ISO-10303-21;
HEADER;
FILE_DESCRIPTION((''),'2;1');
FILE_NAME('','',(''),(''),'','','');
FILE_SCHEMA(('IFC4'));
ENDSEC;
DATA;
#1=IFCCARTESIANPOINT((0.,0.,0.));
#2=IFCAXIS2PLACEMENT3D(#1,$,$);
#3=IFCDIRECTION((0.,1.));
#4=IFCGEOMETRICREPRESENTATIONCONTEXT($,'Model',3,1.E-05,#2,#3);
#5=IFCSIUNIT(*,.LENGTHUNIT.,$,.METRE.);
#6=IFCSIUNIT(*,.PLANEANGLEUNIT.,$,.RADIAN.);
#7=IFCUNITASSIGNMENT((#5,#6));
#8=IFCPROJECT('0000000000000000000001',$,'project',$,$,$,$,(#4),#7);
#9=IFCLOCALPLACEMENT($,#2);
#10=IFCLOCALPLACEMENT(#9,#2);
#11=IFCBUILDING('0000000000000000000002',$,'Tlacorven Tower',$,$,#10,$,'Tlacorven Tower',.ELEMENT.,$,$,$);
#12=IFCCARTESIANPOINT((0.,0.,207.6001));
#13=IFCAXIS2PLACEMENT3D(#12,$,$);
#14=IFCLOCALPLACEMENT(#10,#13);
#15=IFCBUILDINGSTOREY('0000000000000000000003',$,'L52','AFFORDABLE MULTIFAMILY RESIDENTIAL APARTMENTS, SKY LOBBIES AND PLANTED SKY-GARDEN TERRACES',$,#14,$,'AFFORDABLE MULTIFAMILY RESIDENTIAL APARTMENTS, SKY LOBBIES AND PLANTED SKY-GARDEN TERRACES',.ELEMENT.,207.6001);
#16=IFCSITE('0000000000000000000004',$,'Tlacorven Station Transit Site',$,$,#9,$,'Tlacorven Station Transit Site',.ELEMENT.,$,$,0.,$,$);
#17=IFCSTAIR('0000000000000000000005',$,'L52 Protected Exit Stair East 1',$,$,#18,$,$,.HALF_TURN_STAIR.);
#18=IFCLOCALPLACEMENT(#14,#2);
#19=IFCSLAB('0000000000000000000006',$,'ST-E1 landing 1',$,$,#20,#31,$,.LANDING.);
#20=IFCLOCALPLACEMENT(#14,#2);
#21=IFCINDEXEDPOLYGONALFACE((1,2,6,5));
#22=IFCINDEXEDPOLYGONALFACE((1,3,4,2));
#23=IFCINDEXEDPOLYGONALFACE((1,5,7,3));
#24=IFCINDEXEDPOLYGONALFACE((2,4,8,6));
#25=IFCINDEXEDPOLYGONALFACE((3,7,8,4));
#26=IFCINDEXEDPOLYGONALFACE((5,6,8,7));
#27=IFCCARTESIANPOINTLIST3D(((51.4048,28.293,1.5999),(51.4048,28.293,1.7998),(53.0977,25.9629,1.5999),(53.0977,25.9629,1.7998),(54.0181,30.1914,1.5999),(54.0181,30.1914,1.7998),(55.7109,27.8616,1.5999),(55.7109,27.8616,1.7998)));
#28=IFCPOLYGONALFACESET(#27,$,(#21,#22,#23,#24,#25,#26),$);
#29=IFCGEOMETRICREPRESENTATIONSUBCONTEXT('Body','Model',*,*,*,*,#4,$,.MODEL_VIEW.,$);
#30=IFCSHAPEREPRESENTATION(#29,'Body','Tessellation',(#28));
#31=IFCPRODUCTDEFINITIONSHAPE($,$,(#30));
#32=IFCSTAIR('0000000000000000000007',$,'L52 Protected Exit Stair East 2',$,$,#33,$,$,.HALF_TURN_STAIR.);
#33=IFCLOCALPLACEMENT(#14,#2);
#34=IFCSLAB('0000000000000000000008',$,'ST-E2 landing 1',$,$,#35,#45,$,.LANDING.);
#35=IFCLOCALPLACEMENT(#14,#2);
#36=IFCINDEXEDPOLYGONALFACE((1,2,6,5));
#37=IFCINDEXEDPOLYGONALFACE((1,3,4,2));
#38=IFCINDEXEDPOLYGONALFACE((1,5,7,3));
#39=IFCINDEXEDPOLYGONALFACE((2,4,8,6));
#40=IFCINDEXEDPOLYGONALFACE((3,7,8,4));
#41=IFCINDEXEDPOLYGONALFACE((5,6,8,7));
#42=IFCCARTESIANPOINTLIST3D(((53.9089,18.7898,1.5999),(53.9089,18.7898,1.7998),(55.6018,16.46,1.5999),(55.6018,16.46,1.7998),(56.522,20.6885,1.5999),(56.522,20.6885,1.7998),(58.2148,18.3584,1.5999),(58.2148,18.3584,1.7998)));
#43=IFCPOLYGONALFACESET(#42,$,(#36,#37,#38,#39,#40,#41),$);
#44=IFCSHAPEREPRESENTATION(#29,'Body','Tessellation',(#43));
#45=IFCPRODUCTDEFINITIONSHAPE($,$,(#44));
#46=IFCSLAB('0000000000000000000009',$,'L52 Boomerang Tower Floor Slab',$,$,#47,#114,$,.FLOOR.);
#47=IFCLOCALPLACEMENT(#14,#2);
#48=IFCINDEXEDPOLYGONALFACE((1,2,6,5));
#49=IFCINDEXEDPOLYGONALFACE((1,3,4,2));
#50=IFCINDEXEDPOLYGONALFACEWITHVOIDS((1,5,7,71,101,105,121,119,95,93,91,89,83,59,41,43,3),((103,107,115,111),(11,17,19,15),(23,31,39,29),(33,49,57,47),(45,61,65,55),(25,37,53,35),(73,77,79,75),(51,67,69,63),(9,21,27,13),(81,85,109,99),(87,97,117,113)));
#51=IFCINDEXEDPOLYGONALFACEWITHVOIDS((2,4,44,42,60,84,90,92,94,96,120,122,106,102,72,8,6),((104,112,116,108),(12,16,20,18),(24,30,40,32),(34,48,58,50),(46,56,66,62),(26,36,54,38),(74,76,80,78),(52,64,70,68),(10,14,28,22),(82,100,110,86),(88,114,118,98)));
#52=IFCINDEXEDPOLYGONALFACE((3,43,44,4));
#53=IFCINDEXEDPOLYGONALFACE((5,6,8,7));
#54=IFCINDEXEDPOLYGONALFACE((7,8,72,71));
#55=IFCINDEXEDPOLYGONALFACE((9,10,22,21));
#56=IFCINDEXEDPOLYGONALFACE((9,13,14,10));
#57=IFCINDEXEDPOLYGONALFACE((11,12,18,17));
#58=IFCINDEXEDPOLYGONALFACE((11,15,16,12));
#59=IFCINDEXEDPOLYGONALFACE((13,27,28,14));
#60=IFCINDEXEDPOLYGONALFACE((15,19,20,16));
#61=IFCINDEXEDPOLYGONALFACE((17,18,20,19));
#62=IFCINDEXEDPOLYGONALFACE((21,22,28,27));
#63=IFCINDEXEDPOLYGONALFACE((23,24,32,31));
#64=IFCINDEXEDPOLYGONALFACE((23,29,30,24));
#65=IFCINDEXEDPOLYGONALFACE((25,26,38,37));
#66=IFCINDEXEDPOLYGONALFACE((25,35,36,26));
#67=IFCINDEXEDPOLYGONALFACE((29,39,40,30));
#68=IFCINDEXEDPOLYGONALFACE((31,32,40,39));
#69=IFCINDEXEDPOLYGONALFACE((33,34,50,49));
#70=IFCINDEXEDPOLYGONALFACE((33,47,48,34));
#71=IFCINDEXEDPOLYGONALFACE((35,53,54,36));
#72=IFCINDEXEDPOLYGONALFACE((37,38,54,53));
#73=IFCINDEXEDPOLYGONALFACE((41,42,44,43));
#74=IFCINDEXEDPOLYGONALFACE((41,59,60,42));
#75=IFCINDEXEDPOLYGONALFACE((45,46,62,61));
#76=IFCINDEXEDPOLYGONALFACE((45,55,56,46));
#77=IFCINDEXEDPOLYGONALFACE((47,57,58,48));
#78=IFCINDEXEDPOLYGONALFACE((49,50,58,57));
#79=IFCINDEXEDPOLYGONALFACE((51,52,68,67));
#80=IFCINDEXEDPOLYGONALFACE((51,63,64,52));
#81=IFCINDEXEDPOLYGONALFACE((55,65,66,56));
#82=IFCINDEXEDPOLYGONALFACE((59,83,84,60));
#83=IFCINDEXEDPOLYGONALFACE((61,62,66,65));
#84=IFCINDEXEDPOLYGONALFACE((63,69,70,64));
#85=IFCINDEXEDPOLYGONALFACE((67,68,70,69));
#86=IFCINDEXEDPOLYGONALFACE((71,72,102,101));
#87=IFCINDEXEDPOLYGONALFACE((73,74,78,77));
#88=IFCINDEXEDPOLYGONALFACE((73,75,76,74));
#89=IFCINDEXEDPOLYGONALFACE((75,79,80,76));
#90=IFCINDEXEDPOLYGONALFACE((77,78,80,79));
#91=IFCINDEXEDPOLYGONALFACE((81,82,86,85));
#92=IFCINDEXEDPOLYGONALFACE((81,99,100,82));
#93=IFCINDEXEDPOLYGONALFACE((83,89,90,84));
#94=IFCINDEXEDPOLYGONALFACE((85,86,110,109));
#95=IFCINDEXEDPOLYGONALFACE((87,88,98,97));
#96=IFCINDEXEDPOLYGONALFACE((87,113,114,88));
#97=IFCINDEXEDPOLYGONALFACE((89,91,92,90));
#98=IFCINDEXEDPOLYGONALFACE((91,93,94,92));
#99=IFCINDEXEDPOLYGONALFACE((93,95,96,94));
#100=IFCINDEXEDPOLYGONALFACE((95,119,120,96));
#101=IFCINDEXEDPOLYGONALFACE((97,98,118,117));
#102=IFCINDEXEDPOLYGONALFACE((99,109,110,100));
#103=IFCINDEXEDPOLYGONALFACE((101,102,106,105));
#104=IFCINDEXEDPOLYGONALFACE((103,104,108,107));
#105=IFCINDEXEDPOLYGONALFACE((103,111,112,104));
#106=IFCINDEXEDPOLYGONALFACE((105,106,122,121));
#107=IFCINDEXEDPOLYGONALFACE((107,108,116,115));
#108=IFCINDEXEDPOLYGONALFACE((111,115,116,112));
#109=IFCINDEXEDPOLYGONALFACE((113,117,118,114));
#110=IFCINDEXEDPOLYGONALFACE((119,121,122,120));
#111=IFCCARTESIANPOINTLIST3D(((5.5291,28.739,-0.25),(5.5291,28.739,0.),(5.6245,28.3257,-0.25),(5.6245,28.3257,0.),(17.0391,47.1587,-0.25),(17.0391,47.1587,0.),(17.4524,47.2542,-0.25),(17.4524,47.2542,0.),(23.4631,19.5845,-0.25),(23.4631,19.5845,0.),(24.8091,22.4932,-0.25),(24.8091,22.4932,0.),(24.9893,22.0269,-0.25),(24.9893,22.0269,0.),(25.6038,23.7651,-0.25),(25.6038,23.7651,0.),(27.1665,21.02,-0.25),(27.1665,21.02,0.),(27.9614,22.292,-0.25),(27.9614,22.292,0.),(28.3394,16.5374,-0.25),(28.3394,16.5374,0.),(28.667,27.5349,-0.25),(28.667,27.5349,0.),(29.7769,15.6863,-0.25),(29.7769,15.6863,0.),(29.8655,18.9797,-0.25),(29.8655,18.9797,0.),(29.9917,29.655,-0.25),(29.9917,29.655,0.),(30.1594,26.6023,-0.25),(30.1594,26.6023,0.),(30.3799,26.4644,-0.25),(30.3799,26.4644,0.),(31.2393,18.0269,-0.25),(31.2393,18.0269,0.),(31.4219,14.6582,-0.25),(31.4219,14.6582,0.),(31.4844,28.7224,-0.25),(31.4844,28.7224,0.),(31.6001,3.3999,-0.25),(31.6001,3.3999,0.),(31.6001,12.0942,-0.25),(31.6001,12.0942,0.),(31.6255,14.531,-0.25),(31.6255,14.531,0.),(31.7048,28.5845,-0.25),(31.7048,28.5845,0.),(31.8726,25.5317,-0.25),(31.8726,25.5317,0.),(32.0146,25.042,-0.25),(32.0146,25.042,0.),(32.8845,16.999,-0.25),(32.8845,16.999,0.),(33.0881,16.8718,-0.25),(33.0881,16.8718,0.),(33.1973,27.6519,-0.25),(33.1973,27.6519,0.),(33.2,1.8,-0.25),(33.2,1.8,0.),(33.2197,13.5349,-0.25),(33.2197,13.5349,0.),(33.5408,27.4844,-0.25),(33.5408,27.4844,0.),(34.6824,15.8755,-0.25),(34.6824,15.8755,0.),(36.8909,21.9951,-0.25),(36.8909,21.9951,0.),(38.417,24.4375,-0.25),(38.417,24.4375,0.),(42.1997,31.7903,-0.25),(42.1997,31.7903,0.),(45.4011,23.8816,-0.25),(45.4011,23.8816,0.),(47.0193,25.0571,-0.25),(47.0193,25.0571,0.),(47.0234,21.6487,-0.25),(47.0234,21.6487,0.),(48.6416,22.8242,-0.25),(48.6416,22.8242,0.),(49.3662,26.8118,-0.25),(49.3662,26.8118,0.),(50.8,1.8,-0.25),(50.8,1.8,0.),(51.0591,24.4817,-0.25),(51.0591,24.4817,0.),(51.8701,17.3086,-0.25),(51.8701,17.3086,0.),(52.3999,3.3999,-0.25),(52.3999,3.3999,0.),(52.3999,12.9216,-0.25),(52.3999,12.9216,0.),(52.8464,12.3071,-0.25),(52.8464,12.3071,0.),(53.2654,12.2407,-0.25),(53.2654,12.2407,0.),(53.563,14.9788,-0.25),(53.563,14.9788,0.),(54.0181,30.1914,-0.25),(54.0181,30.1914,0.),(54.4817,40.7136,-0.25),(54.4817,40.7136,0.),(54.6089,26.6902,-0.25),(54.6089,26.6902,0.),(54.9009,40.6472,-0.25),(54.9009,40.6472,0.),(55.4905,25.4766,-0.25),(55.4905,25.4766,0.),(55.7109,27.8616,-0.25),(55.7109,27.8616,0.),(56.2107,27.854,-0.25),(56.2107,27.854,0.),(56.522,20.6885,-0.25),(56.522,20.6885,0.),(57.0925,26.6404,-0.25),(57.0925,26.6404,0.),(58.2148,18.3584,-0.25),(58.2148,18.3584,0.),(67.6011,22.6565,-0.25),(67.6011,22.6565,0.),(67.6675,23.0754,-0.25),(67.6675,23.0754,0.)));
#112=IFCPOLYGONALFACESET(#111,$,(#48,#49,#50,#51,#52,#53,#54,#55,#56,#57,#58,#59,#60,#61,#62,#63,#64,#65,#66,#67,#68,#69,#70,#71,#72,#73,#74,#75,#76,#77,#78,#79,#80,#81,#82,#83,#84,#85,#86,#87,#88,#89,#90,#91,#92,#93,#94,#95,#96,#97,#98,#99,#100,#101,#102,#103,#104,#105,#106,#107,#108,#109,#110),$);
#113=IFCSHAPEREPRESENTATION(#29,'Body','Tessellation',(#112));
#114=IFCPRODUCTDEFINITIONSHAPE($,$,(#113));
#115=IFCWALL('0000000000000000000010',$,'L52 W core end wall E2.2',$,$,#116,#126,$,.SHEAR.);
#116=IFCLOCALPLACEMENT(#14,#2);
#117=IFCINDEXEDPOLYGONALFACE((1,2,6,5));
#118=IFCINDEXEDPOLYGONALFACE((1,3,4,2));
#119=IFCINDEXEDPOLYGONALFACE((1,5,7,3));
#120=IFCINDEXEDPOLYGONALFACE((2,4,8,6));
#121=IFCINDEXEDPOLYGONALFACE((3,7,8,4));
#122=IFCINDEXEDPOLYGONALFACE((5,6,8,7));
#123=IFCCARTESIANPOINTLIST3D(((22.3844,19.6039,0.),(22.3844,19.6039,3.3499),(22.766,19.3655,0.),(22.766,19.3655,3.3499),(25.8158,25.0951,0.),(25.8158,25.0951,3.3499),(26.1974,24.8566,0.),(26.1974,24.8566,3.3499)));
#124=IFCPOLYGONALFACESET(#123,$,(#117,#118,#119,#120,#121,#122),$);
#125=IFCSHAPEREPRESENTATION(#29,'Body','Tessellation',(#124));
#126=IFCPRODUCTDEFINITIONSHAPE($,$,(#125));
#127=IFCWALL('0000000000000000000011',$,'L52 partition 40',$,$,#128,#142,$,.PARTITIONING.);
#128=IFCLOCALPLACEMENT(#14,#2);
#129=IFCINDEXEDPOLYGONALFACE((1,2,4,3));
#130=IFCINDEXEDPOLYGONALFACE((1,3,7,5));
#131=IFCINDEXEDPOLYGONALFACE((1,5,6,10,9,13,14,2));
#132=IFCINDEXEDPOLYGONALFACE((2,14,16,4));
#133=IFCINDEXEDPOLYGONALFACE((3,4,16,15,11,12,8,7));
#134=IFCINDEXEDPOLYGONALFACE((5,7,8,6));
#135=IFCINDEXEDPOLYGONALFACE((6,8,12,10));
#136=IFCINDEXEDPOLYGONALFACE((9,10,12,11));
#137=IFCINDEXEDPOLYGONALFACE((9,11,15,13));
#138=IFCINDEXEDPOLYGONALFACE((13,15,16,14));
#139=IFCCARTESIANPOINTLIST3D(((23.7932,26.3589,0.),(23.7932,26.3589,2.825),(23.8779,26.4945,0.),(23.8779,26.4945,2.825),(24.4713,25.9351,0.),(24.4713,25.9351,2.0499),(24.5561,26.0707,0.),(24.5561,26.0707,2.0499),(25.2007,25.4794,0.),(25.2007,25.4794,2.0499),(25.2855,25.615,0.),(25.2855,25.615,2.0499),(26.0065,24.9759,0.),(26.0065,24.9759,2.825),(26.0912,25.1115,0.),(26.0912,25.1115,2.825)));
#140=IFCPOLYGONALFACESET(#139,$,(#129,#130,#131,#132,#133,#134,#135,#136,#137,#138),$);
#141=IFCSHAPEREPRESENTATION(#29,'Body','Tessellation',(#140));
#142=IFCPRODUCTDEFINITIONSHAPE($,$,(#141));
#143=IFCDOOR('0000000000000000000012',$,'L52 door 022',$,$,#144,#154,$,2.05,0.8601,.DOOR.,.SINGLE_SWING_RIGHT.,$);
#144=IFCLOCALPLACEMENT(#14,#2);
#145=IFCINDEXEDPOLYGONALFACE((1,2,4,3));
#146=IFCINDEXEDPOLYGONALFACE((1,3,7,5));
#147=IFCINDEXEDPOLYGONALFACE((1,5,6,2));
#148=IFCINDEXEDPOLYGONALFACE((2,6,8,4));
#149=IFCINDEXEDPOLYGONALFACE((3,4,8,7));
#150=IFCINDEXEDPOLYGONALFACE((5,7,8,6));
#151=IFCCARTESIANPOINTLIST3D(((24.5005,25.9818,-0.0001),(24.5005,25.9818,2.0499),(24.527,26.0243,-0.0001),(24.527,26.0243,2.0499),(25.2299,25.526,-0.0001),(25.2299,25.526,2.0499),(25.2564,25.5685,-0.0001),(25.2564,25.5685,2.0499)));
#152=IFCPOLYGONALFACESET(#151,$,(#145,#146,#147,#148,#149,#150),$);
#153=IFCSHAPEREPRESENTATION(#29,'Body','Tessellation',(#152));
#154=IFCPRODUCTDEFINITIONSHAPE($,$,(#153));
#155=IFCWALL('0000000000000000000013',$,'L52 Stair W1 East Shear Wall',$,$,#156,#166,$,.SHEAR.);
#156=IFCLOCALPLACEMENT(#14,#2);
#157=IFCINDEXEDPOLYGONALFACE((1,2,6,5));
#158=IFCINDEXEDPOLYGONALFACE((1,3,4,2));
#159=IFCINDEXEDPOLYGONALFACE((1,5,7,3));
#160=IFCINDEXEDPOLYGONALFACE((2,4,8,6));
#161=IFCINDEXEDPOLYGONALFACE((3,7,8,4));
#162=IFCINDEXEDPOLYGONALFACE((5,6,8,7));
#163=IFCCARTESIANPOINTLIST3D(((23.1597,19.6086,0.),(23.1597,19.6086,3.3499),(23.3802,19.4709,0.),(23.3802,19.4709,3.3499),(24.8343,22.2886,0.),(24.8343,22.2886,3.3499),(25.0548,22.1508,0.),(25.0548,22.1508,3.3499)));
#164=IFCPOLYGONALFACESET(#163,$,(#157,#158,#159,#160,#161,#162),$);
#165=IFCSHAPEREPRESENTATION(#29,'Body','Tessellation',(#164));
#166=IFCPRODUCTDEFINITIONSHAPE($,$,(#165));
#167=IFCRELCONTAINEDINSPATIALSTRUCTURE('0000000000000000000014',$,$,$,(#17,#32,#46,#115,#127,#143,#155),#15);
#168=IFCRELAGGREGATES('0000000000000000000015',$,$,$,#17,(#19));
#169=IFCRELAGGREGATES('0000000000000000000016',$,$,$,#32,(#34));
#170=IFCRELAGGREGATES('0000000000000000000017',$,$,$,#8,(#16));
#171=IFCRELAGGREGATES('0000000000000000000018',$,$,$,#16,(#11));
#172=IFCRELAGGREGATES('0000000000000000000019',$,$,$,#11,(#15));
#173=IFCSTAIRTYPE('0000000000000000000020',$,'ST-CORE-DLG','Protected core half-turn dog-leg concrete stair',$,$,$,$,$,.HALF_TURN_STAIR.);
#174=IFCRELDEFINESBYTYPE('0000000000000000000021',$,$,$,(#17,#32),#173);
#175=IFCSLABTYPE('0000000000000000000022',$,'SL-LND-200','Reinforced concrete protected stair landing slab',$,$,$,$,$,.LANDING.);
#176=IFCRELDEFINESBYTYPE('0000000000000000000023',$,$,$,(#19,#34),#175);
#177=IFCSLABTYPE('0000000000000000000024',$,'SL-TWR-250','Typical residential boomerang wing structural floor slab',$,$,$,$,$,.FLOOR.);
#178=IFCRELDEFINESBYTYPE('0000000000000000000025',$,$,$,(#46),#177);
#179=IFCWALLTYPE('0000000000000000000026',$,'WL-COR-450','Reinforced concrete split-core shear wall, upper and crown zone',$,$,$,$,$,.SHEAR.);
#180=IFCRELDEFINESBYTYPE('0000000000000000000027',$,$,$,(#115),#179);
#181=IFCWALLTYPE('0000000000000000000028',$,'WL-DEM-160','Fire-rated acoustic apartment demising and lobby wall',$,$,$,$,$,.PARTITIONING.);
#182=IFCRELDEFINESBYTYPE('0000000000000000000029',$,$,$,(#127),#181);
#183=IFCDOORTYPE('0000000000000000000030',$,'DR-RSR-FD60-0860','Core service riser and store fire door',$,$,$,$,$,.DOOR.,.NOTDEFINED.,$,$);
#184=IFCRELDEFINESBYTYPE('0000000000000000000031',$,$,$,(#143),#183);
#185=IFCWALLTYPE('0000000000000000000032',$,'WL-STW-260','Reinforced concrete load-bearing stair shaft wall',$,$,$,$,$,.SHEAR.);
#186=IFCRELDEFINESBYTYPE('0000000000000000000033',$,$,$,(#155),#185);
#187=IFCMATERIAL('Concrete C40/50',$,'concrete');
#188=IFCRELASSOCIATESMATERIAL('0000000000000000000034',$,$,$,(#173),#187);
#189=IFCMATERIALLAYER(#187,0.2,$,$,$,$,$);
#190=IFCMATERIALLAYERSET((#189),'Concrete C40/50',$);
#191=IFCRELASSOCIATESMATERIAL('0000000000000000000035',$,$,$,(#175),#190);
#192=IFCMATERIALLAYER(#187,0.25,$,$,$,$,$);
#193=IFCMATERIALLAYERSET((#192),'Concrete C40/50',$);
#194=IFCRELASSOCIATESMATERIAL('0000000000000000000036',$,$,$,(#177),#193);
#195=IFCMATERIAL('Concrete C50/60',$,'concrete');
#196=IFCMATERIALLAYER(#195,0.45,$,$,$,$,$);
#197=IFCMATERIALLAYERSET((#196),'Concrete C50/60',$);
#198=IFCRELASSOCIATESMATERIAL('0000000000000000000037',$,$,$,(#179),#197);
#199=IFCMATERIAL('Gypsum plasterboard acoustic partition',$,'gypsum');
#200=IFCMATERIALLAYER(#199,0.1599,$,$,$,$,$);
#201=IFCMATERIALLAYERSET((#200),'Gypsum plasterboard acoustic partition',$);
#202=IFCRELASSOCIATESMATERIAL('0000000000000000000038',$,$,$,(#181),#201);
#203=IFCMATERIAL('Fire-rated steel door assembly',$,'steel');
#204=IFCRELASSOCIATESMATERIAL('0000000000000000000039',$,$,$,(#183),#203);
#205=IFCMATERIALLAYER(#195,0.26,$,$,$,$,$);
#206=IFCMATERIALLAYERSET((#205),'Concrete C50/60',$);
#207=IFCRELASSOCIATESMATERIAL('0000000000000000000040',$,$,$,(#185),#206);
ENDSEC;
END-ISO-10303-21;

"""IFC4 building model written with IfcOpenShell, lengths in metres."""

from ifc_helpers import new_model, si_unit, direction, frame, frame_2d, origin, place, context, subcontext, project, spatial, polyline, rectangle, outline, extrude, source, transform, mapped, material, layer, layer_set, type_object, element, fill, aggregate, save


model = new_model("IFC4")

# Units and contexts
model_context = context("Model", 3, precision=1e-05, world=origin(), true_north=direction((0.0, 1.0)))
body_context = subcontext(model_context, "Body", "Model", "MODEL_VIEW")
ifc_project = project(units=[si_unit("LENGTHUNIT", "METRE"), si_unit("PLANEANGLEUNIT", "RADIAN")], contexts=[model_context])

# Site, building, storey
site_placement = place(None, origin())
site = spatial("IfcSite", under=ifc_project, at=site_placement, Name="Tlacorven Station Transit Site", LongName="Tlacorven Station Transit Site", CompositionType="ELEMENT", RefElevation=0.0)
building_placement = place(site_placement, origin())
building = spatial("IfcBuilding", under=site, at=building_placement, Name="Tlacorven Tower", LongName="Tlacorven Tower", CompositionType="ELEMENT")
storey_placement = place(building_placement, frame((0.0, 0.0, 207.6001)))
storey = spatial("IfcBuildingStorey", under=building, at=storey_placement, Name="L52", Description="AFFORDABLE MULTIFAMILY RESIDENTIAL APARTMENTS, SKY LOBBIES AND PLANTED SKY-GARDEN TERRACES", LongName="AFFORDABLE MULTIFAMILY RESIDENTIAL APARTMENTS, SKY LOBBIES AND PLANTED SKY-GARDEN TERRACES", CompositionType="ELEMENT", Elevation=207.6001)

# Stairs, slabs
ifc_material_1 = material(Name="Concrete C40/50", Category="concrete")
stair_type = type_object("IfcStairType", Name="ST-CORE-DLG", Description="Protected core half-turn dog-leg concrete stair", PredefinedType="HALF_TURN_STAIR", material=ifc_material_1)
ifc_layer_1 = layer(ifc_material_1, 0.2)
ifc_layer_set_1 = layer_set([ifc_layer_1], Name="Concrete C40/50")
slab_type_1 = type_object("IfcSlabType", Name="SL-LND-200", Description="Reinforced concrete protected stair landing slab", PredefinedType="LANDING", material=ifc_layer_set_1)
stair_1_placement = place(storey_placement, origin())
stair_1 = element("IfcStair", 1, at=stair_1_placement, inside=storey, type_object=stair_type, Name="L52 Protected Exit Stair East 1", PredefinedType="HALF_TURN_STAIR")
slab_1_placement = place(storey_placement, frame((0.0, 0.0, 1.5999)))
slab_1 = element("IfcSlab", 2, at=slab_1_placement, type_object=slab_type_1, Name="ST-E1 landing 1", PredefinedType="LANDING", context=body_context, shape_type="SweptSolid", body=[
    extrude(outline(polyline([(53.0977, 25.9629), (55.7109, 27.8616), (54.0181, 30.1914), (51.4048, 28.293), (53.0977, 25.9629)])), origin(), (0.0, 0.0, 1.0), 0.2),
])
aggregate(stair_1, [slab_1])
stair_2_placement = place(storey_placement, origin())
stair_2 = element("IfcStair", 3, at=stair_2_placement, inside=storey, type_object=stair_type, Name="L52 Protected Exit Stair East 2", PredefinedType="HALF_TURN_STAIR")
slab_2_placement = place(storey_placement, frame((0.0, 0.0, 1.5999)))
slab_2 = element("IfcSlab", 4, at=slab_2_placement, type_object=slab_type_1, Name="ST-E2 landing 1", PredefinedType="LANDING", context=body_context, shape_type="SweptSolid", body=[
    extrude(outline(polyline([(55.6018, 16.46), (58.2148, 18.3584), (56.522, 20.6885), (53.9089, 18.7898), (55.6018, 16.46)])), origin(), (0.0, 0.0, 1.0), 0.2),
])
aggregate(stair_2, [slab_2])

# Slab
ifc_layer_2 = layer(ifc_material_1, 0.25)
ifc_layer_set_2 = layer_set([ifc_layer_2], Name="Concrete C40/50")
slab_type_2 = type_object("IfcSlabType", Name="SL-TWR-250", Description="Typical residential boomerang wing structural floor slab", PredefinedType="FLOOR", material=ifc_layer_set_2)
slab_3_placement = place(storey_placement, frame((0.0, 0.0, -0.25)))
element("IfcSlab", 5, at=slab_3_placement, inside=storey, type_object=slab_type_2, Name="L52 Boomerang Tower Floor Slab", PredefinedType="FLOOR", context=body_context, shape_type="SweptSolid", body=[
    extrude(outline(polyline([(52.3999, 3.3999), (50.8, 1.8), (33.2, 1.8), (31.6001, 3.3999), (31.6001, 12.0942), (5.6245, 28.3257), (5.5291, 28.739), (17.0391, 47.1587), (17.4524, 47.2542), (42.1997, 31.7903), (54.4817, 40.7136), (54.9009, 40.6472), (67.6675, 23.0754), (67.6011, 22.6565), (53.2654, 12.2407), (52.8464, 12.3071), (52.3999, 12.9216), (52.3999, 3.3999)]), holes=[polyline([(29.8655, 18.9797), (24.9893, 22.0269), (23.4631, 19.5845), (28.3394, 16.5374), (29.8655, 18.9797)]), polyline([(38.417, 24.4375), (33.5408, 27.4844), (32.0146, 25.042), (36.8909, 21.9951), (38.417, 24.4375)]), polyline([(51.0591, 24.4817), (55.7109, 27.8616), (54.0181, 30.1914), (49.3662, 26.8118), (51.0591, 24.4817)]), polyline([(53.563, 14.9788), (58.2148, 18.3584), (56.522, 20.6885), (51.8701, 17.3086), (53.563, 14.9788)]), polyline([(34.6824, 15.8755), (33.0881, 16.8718), (31.6255, 14.531), (33.2197, 13.5349), (34.6824, 15.8755)]), polyline([(32.8845, 16.999), (31.2393, 18.0269), (29.7769, 15.6863), (31.4219, 14.6582), (32.8845, 16.999)]), polyline([(47.0234, 21.6487), (48.6416, 22.8242), (47.0193, 25.0571), (45.4011, 23.8816), (47.0234, 21.6487)]), polyline([(33.1973, 27.6519), (31.7048, 28.5845), (30.3799, 26.4644), (31.8726, 25.5317), (33.1973, 27.6519)]), polyline([(31.4844, 28.7224), (29.9917, 29.655), (28.667, 27.5349), (30.1594, 26.6023), (31.4844, 28.7224)]), polyline([(27.9614, 22.292), (25.6038, 23.7651), (24.8091, 22.4932), (27.1665, 21.02), (27.9614, 22.292)]), polyline([(55.4905, 25.4766), (57.0925, 26.6404), (56.2107, 27.854), (54.6089, 26.6902), (55.4905, 25.4766)])]), origin(), (0.0, 0.0, 1.0), 0.25),
])

# Wall
ifc_material_2 = material(Name="Concrete C50/60", Category="concrete")
ifc_layer_3 = layer(ifc_material_2, 0.45)
ifc_layer_set_3 = layer_set([ifc_layer_3], Name="Concrete C50/60")
wall_type_1 = type_object("IfcWallType", Name="WL-COR-450", Description="Reinforced concrete split-core shear wall, upper and crown zone", PredefinedType="SHEAR", material=ifc_layer_set_3)
wall_1_placement = place(storey_placement, frame((26.0066, 24.9758, 0.0), z_axis=(0.0, 0.0, 1.0), x_axis=(-0.529931, -0.848041, 0.0)))
element("IfcWall", 6, at=wall_1_placement, inside=storey, type_object=wall_type_1, Name="L52 W core end wall E2.2", PredefinedType="SHEAR", context=body_context, shape_type="SweptSolid", body=[
    extrude(rectangle(XDim=6.4751, YDim=0.45, at=frame_2d((3.2375, 0.0))), origin(), (0.0, 0.0, 1.0), 3.3499),
])

# Wall, opening, door
ifc_material_3 = material(Name="Gypsum plasterboard acoustic partition", Category="gypsum")
ifc_layer_4 = layer(ifc_material_3, 0.1599)
ifc_layer_set_4 = layer_set([ifc_layer_4], Name="Gypsum plasterboard acoustic partition")
wall_type_2 = type_object("IfcWallType", Name="WL-DEM-160", Description="Fire-rated acoustic apartment demising and lobby wall", PredefinedType="PARTITIONING", material=ifc_layer_set_4)
wall_2_placement = place(storey_placement, frame((26.0488, 25.0437, 0.0), z_axis=(0.0, 0.0, 1.0), x_axis=(-0.848051, 0.529915, 0.0)))
wall_2 = element("IfcWall", 7, at=wall_2_placement, inside=storey, type_object=wall_type_2, Name="L52 partition 40", PredefinedType="PARTITIONING", context=body_context, shape_type="SweptSolid", body=[
    extrude(rectangle(XDim=2.6099, YDim=0.1599, at=frame_2d((1.3049, 0.0))), origin(), (0.0, 0.0, 1.0), 2.825),
])
opening_placement = place(wall_2_placement, frame((0.95, 0.0, 0.0)))
opening = element("IfcOpeningElement", 8, at=opening_placement, cuts=wall_2, PredefinedType="OPENING", context=body_context, shape_type="SweptSolid", body=[
    extrude(rectangle(XDim=0.8601, YDim=2.05, at=frame_2d((0.4302, 1.0249))), frame((0.0, 0.0898, 0.0), z_axis=(0.0, -1.0, 0.0), x_axis=(1.0, 0.0, 0.0)), (0.0, 0.0, 1.0), 0.1799),
])
ifc_material_4 = material(Name="Fire-rated steel door assembly", Category="steel")
door_type = type_object("IfcDoorType", Name="DR-RSR-FD60-0860", Description="Core service riser and store fire door", OperationType="NOTDEFINED", PredefinedType="DOOR", material=ifc_material_4)
shared_shape_1 = source(origin(), body_context, "Body", "SweptSolid", [
    extrude(rectangle(XDim=0.8601, YDim=2.05, at=frame_2d((0.4302, 1.0249))), frame((0.0, 0.0249, 0.0), z_axis=(0.0, -1.0, 0.0), x_axis=(1.0, 0.0, 0.0)), (0.0, 0.0, 1.0), 0.05),
])
door_placement = place(opening_placement, origin())
door = element("IfcDoor", 9, at=door_placement, inside=storey, type_object=door_type, Name="L52 door 022", OperationType="SINGLE_SWING_RIGHT", OverallHeight=2.05, OverallWidth=0.8601, PredefinedType="DOOR", context=body_context, shape_type="MappedRepresentation", body=[
    mapped(shared_shape_1, transform((0.0, 0.0, 0.0), scale=1.0)),
])
fill(opening, door)

# Wall
ifc_layer_5 = layer(ifc_material_2, 0.26)
ifc_layer_set_5 = layer_set([ifc_layer_5], Name="Concrete C50/60")
wall_type_3 = type_object("IfcWallType", Name="WL-STW-260", Description="Reinforced concrete load-bearing stair shaft wall", PredefinedType="SHEAR", material=ifc_layer_set_5)
wall_3_placement = place(storey_placement, frame((24.9446, 22.2197, 0.0), z_axis=(0.0, 0.0, 1.0), x_axis=(-0.529909, -0.848055, 0.0)))
element("IfcWall", 10, at=wall_3_placement, inside=storey, type_object=wall_type_3, Name="L52 Stair W1 East Shear Wall", PredefinedType="SHEAR", context=body_context, shape_type="SweptSolid", body=[
    extrude(rectangle(XDim=3.1602, YDim=0.26, at=frame_2d((1.5801, 0.0))), origin(), (0.0, 0.0, 1.0), 3.3499),
])

save(model, "model.ifc")
